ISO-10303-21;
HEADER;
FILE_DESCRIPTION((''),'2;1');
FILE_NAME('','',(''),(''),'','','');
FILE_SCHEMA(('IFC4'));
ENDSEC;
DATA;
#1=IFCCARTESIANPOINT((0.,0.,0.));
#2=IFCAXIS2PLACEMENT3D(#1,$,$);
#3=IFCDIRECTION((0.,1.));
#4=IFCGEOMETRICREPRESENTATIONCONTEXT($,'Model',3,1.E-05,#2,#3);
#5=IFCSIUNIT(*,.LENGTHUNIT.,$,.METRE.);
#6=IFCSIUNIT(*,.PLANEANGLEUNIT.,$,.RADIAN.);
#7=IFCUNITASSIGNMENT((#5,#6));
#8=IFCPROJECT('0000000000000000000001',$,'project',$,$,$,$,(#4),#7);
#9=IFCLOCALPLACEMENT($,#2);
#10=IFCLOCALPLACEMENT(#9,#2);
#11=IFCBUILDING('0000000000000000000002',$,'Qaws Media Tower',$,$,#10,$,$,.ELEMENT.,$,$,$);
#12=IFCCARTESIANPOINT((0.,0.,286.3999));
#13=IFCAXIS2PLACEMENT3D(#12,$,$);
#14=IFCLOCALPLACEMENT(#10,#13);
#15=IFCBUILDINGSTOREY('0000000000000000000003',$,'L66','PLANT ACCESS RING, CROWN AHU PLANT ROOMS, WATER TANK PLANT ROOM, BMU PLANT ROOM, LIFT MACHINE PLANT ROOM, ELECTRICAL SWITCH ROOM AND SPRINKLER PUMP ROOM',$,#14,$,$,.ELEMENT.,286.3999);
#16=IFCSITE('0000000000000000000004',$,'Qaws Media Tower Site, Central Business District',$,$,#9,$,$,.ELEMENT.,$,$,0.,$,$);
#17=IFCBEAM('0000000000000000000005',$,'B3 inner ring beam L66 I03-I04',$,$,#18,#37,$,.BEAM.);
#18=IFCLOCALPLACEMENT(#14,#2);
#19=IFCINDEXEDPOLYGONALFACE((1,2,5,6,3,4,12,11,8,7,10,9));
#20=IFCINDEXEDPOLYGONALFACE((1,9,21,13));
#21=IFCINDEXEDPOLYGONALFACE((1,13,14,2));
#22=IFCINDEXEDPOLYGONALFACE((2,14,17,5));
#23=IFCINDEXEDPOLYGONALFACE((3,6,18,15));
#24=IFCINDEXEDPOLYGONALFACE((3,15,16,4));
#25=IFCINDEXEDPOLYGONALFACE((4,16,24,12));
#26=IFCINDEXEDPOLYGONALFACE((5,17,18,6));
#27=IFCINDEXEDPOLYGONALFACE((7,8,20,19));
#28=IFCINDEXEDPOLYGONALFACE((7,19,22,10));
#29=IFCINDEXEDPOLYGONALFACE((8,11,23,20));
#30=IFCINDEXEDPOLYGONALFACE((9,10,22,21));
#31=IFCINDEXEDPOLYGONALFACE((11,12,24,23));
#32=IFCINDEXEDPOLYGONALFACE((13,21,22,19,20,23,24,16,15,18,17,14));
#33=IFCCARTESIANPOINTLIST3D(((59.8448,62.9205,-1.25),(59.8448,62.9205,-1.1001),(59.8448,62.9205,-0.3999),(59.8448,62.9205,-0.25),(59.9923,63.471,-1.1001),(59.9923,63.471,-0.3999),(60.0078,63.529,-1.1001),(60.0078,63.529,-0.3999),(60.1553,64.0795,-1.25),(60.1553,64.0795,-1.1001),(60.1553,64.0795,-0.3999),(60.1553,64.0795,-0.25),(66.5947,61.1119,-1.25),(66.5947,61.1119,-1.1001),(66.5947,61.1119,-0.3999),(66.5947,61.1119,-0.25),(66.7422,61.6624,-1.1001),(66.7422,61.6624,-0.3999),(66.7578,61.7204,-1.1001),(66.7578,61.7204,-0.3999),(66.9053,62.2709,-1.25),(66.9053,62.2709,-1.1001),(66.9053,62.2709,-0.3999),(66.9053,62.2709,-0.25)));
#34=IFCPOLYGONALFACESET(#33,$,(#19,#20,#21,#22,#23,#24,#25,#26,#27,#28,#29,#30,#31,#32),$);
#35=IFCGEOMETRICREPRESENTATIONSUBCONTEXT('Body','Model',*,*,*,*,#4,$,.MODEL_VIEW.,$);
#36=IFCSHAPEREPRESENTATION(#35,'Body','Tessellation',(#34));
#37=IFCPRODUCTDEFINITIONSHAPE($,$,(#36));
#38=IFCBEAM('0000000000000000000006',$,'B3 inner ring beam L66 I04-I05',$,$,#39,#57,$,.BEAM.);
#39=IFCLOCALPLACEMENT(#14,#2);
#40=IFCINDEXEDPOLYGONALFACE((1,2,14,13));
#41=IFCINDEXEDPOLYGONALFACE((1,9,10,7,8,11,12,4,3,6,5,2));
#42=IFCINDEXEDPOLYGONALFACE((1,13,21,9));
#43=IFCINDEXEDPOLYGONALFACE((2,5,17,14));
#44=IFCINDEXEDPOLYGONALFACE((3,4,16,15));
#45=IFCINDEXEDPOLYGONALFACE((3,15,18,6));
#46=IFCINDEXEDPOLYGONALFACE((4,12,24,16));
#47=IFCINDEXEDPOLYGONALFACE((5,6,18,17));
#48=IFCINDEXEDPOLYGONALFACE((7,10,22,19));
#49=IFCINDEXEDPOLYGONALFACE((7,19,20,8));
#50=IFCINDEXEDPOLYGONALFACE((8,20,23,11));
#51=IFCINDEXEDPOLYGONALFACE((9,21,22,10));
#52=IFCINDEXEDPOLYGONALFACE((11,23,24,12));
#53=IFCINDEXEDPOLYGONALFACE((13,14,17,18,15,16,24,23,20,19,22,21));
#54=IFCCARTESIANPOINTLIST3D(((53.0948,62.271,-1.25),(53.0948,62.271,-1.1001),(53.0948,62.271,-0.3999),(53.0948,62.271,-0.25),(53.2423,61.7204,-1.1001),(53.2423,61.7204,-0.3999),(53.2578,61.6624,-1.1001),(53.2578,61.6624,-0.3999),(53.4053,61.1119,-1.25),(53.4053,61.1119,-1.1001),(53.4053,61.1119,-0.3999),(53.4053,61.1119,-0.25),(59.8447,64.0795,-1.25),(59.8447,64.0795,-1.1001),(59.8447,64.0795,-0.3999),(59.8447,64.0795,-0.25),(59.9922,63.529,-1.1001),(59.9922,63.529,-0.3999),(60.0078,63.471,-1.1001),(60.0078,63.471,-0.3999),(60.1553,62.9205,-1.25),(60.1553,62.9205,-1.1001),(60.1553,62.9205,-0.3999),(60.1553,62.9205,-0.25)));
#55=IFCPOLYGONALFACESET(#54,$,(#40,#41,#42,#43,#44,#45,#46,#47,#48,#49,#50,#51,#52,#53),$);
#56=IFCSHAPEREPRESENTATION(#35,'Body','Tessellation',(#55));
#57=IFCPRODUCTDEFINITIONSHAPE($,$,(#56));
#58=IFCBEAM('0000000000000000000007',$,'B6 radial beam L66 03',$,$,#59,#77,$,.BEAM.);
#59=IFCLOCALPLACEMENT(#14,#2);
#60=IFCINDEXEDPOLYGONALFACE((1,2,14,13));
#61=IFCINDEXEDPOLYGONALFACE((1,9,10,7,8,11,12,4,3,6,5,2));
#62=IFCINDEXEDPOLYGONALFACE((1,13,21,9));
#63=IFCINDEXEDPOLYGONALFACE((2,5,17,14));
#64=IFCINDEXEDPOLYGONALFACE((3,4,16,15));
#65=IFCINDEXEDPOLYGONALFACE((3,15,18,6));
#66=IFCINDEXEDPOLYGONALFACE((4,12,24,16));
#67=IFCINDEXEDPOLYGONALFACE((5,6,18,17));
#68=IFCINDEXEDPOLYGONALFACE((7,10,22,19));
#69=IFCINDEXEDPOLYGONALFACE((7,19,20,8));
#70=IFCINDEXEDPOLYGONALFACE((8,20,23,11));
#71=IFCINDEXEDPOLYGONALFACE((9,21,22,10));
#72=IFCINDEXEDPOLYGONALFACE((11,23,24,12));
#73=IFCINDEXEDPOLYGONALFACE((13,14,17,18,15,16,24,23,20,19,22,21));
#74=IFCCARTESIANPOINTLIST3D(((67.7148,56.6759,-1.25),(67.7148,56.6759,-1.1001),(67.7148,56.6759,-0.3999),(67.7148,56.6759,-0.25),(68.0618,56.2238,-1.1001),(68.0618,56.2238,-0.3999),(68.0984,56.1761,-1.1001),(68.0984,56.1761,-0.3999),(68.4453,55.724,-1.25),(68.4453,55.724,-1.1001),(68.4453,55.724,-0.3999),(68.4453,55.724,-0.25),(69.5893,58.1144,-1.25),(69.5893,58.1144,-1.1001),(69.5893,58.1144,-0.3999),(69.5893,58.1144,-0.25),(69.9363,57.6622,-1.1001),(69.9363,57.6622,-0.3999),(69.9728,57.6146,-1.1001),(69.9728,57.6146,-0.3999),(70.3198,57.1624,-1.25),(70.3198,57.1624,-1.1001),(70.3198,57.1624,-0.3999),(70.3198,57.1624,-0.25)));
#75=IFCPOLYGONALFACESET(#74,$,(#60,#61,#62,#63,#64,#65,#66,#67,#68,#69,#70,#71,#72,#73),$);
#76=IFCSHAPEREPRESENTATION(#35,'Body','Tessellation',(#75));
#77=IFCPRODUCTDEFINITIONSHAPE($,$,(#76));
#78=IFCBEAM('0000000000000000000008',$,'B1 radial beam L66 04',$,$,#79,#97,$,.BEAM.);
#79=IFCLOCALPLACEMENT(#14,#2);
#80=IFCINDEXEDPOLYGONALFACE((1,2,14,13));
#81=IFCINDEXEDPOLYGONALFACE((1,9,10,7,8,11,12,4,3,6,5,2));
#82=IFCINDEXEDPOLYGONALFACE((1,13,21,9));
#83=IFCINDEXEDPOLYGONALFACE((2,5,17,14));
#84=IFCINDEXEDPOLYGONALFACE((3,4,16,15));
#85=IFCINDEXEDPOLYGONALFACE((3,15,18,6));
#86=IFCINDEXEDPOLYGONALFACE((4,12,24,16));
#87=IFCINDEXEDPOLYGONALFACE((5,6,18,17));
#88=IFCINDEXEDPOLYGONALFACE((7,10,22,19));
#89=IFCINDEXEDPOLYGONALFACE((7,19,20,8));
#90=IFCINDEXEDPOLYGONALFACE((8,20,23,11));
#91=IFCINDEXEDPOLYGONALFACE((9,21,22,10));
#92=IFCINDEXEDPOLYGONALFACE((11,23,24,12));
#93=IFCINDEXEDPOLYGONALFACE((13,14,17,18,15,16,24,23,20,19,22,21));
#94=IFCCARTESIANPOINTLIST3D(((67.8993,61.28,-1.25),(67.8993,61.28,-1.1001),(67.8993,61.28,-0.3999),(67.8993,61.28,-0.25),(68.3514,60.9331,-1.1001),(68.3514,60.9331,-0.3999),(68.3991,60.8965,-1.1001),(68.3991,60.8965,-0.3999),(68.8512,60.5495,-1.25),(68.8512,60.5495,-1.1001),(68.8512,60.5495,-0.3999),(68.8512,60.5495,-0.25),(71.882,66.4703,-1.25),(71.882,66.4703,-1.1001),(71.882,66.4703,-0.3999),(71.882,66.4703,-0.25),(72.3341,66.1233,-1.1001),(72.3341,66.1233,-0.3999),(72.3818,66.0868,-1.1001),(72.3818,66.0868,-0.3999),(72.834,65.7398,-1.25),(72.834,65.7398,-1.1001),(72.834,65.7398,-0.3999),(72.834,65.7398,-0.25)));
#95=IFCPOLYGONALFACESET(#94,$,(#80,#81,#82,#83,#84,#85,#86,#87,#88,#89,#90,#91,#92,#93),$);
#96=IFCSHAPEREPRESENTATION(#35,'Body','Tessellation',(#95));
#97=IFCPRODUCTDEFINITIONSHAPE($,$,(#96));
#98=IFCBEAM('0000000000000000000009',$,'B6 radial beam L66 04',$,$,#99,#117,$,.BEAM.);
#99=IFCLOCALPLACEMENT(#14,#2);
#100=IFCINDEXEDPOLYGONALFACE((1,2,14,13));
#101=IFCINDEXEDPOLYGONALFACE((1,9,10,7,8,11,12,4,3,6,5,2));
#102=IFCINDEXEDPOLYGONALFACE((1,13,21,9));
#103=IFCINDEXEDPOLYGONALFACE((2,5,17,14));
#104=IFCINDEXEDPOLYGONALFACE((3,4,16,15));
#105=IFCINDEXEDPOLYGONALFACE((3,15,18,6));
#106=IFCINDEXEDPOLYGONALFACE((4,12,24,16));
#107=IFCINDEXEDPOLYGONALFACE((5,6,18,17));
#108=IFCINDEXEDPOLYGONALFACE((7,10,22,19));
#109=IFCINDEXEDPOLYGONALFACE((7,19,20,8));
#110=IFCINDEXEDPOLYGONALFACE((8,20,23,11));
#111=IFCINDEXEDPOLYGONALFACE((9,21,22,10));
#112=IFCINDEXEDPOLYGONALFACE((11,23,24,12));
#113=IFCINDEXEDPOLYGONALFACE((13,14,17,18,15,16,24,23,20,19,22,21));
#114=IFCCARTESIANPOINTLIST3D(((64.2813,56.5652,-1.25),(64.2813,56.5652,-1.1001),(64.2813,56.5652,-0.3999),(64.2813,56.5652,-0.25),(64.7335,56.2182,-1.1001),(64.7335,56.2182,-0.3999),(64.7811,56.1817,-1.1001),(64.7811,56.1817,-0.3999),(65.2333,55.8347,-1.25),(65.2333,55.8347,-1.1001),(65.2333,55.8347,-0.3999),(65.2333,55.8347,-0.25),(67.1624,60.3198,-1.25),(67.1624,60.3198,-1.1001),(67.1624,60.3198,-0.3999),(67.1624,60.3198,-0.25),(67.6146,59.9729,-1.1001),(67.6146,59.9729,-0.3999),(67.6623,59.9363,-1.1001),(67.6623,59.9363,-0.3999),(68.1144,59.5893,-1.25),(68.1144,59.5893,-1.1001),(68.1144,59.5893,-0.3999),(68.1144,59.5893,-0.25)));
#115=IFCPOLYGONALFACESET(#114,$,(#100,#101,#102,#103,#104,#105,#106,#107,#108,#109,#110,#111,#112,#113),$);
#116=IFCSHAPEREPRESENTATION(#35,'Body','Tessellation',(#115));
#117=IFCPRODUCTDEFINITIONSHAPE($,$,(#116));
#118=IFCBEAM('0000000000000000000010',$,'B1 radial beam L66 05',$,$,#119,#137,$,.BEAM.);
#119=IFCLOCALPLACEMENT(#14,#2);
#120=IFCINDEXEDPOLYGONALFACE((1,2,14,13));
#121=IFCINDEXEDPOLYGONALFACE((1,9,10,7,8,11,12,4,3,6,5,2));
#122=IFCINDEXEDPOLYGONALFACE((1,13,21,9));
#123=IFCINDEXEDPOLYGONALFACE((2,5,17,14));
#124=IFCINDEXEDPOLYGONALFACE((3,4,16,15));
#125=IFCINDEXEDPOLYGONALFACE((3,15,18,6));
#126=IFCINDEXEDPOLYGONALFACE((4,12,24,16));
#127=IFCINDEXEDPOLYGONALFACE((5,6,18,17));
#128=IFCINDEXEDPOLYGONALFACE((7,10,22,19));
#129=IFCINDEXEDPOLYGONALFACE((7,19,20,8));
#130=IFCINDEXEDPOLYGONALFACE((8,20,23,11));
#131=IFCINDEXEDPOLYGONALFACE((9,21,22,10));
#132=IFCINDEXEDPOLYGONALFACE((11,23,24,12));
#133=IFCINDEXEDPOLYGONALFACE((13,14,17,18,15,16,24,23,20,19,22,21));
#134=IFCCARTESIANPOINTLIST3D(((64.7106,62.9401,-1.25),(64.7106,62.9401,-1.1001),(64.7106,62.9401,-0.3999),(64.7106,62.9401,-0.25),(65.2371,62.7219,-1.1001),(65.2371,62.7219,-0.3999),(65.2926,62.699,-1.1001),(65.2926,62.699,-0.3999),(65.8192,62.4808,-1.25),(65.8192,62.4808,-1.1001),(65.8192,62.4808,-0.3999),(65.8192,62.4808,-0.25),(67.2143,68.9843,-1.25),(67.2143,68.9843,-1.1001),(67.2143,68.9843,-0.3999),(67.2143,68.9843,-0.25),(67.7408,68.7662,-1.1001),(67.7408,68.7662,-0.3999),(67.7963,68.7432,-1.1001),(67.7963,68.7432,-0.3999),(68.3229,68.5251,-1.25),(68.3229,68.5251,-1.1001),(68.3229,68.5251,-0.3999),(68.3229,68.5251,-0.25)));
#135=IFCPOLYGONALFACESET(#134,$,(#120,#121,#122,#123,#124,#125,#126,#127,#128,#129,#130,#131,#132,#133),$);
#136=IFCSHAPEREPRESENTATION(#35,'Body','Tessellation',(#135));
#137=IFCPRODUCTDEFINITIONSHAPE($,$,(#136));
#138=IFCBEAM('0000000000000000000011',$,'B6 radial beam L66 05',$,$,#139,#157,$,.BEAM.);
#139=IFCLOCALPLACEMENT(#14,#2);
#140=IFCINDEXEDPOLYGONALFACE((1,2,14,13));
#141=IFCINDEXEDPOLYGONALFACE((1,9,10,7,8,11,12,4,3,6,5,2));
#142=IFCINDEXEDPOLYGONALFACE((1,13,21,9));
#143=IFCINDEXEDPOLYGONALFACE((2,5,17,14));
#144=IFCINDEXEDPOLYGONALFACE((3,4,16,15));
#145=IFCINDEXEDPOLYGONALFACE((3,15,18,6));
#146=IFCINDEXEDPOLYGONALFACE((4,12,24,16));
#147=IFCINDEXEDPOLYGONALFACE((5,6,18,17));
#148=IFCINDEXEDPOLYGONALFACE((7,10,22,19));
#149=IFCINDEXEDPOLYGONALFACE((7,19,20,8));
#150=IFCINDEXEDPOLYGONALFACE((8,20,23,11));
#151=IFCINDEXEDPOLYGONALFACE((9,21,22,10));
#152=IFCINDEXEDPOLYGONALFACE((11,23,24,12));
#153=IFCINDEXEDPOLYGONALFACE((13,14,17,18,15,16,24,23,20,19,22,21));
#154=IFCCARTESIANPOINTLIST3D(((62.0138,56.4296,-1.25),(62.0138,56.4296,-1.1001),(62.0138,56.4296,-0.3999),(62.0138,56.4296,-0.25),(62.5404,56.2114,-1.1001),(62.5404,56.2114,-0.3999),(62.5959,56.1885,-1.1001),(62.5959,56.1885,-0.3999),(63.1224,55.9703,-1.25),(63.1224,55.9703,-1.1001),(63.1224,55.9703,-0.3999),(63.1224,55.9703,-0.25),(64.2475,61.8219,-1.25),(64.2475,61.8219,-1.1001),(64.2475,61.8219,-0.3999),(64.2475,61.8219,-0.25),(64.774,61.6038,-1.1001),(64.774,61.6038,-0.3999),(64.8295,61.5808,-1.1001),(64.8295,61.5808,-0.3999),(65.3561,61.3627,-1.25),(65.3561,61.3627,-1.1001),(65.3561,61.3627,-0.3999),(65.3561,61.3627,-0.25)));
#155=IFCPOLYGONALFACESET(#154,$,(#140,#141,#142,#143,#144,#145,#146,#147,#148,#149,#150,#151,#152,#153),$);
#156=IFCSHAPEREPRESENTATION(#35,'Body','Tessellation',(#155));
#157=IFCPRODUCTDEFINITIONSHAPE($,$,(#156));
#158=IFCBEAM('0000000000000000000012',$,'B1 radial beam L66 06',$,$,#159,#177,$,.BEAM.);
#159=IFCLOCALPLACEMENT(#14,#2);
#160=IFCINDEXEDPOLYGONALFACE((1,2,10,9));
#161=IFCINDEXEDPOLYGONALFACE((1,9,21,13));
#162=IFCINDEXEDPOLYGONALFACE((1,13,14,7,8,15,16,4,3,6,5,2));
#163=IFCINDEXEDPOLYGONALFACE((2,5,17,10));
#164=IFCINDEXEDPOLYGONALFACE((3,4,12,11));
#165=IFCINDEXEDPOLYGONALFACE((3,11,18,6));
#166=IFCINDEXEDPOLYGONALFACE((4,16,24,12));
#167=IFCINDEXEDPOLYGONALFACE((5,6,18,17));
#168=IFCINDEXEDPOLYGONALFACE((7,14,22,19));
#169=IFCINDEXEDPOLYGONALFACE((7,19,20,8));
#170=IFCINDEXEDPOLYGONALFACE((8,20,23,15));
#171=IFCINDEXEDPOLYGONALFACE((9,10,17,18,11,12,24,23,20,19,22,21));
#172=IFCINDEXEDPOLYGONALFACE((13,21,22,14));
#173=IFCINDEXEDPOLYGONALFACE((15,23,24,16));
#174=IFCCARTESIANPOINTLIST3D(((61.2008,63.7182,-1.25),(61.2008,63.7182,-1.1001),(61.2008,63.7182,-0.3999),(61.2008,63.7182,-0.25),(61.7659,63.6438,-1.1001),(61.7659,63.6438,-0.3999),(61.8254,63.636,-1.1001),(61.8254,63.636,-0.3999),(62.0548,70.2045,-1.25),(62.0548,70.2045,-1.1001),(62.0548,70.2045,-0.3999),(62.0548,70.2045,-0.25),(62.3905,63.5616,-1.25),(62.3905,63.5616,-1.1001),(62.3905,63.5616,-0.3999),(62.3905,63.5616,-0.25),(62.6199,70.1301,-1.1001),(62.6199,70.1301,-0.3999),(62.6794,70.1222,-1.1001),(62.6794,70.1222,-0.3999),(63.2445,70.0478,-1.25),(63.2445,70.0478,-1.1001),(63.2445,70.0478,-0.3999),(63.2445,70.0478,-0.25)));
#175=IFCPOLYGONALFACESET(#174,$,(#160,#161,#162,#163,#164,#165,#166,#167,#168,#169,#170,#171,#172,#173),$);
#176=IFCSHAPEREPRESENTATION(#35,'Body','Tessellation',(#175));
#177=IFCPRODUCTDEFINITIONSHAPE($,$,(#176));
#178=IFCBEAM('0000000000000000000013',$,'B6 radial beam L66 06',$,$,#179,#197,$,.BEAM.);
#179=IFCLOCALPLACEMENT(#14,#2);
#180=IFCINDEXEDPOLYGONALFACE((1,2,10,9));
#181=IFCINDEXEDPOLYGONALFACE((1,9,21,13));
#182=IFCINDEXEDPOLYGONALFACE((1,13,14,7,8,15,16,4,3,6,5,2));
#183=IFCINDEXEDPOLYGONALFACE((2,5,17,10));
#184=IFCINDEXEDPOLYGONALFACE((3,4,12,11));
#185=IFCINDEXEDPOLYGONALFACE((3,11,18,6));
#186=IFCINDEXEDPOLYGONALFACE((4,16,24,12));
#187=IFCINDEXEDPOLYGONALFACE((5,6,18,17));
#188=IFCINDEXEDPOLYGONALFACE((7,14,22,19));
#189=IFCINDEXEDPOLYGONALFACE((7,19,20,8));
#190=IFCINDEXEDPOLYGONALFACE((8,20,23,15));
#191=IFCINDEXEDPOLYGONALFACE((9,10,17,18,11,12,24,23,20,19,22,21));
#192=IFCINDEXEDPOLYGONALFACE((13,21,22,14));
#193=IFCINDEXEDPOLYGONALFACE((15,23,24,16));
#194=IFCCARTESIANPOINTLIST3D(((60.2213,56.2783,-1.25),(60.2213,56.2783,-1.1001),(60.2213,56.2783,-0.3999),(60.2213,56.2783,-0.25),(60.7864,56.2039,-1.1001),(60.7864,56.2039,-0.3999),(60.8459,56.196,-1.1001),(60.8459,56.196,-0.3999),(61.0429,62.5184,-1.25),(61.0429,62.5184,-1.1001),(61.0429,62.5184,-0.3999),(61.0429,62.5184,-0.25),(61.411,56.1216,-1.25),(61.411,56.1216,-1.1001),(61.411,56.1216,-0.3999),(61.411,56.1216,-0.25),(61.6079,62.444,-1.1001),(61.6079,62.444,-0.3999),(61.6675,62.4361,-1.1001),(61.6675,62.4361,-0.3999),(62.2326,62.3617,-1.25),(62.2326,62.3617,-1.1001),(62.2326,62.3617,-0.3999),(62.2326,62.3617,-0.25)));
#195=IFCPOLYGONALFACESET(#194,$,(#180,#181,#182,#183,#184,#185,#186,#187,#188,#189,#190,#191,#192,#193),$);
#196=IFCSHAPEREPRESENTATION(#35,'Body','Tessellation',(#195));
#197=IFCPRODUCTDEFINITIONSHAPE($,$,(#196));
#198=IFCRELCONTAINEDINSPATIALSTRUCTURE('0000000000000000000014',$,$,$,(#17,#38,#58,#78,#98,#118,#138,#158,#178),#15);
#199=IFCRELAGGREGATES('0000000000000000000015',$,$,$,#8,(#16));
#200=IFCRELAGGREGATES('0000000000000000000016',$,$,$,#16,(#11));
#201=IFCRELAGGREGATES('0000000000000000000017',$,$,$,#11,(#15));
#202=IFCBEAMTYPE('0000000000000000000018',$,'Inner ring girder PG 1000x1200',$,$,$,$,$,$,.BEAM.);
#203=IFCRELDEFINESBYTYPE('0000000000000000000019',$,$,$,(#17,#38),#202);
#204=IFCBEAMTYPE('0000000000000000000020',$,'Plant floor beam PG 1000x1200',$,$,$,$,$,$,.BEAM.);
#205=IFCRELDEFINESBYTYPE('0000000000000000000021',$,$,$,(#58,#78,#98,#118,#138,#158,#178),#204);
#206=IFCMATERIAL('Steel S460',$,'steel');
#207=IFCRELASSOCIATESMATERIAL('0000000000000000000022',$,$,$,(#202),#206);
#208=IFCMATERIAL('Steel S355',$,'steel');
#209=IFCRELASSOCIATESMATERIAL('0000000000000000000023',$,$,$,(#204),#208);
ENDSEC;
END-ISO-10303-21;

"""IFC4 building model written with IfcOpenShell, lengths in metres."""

from ifc_helpers import new_model, si_unit, direction, frame, origin, origin_2d, place, context, subcontext, project, spatial, i_section, extrude, material, material_profile, profile_set, type_object, element, save


model = new_model("IFC4")

# Units and contexts
model_context = context("Model", 3, precision=1e-05, world=origin(), true_north=direction((0.0, 1.0)))
body_context = subcontext(model_context, "Body", "Model", "MODEL_VIEW")
ifc_project = project(units=[si_unit("LENGTHUNIT", "METRE"), si_unit("PLANEANGLEUNIT", "RADIAN")], contexts=[model_context])

# Site, building, storey
site_placement = place(None, origin())
site = spatial("IfcSite", under=ifc_project, at=site_placement, Name="Qaws Media Tower Site, Central Business District", CompositionType="ELEMENT", RefElevation=0.0)
building_placement = place(site_placement, origin())
building = spatial("IfcBuilding", under=site, at=building_placement, Name="Qaws Media Tower", CompositionType="ELEMENT")
storey_placement = place(building_placement, frame((0.0, 0.0, 286.3999)))
storey = spatial("IfcBuildingStorey", under=building, at=storey_placement, Name="L66", Description="PLANT ACCESS RING, CROWN AHU PLANT ROOMS, WATER TANK PLANT ROOM, BMU PLANT ROOM, LIFT MACHINE PLANT ROOM, ELECTRICAL SWITCH ROOM AND SPRINKLER PUMP ROOM", CompositionType="ELEMENT", Elevation=286.3999)

# Beams
ifc_material_1 = material(Name="Steel S460", Category="steel")
ifc_material_profile_1 = material_profile(ifc_material_1, i_section(OverallWidth=1.2, OverallDepth=1.0, WebThickness=0.0601, FlangeThickness=0.1499, at=origin_2d()), Name="PG 1000x1200")
ifc_profile_set_1 = profile_set([ifc_material_profile_1], Name="Steel S460")
beam_type_1 = type_object("IfcBeamType", Name="Inner ring girder PG 1000x1200", PredefinedType="BEAM", material=ifc_profile_set_1)
for number, where, z_axis, x_axis, name in (
    (1, (66.75, 61.6914, -0.75), (-0.965928, 0.258811, 0.0), (-0.258811, -0.965928, 0.0), "B3 inner ring beam L66 I03-I04"),
    (2, (60.0, 63.5, -0.75), (-0.965928, -0.258811, 0.0), (0.258811, -0.965928, 0.0), "B3 inner ring beam L66 I04-I05"),
):
    element("IfcBeam", number, at=place(storey_placement, frame(where, z_axis=z_axis, x_axis=x_axis)), inside=storey, type_object=beam_type_1, Name=name, PredefinedType="BEAM", context=body_context, shape_type="SweptSolid", body=[
        extrude(i_section(OverallWidth=1.2, OverallDepth=1.0, WebThickness=0.0601, FlangeThickness=0.1499, at=origin_2d()), origin(), (0.0, 0.0, 1.0), 6.988),
    ])
ifc_material_2 = material(Name="Steel S355", Category="steel")
ifc_material_profile_2 = material_profile(ifc_material_2, i_section(OverallWidth=1.2, OverallDepth=1.0, WebThickness=0.0601, FlangeThickness=0.1499, at=origin_2d()), Name="PG 1000x1200")
ifc_profile_set_2 = profile_set([ifc_material_profile_2], Name="Steel S355")
beam_type_2 = type_object("IfcBeamType", Name="Plant floor beam PG 1000x1200", PredefinedType="BEAM", material=ifc_profile_set_2)
beam_1_placement = place(storey_placement, frame((68.0801, 56.2, -0.75), z_axis=(0.79333, 0.608792, 0.0), x_axis=(-0.608792, 0.79333, 0.0)))
element("IfcBeam", 3, at=beam_1_placement, inside=storey, type_object=beam_type_2, Name="B6 radial beam L66 03", PredefinedType="BEAM", context=body_context, shape_type="SweptSolid", body=[
    extrude(i_section(OverallWidth=1.2, OverallDepth=1.0, WebThickness=0.0601, FlangeThickness=0.1499, at=origin_2d()), origin(), (0.0, 0.0, 1.0), 2.3628),
])
beam_2_placement = place(storey_placement, frame((68.3752, 60.9148, -0.75), z_axis=(0.608771, 0.793346, 0.0), x_axis=(-0.793346, 0.608771, 0.0)))
element("IfcBeam", 4, at=beam_2_placement, inside=storey, type_object=beam_type_2, Name="B1 radial beam L66 04", PredefinedType="BEAM", context=body_context, shape_type="SweptSolid", body=[
    extrude(i_section(OverallWidth=1.2, OverallDepth=1.0, WebThickness=0.0601, FlangeThickness=0.1499, at=origin_2d()), origin(), (0.0, 0.0, 1.0), 6.5422),
])
beam_3_placement = place(storey_placement, frame((64.7573, 56.2, -0.75), z_axis=(0.60877, 0.793346, 0.0), x_axis=(-0.793346, 0.60877, 0.0)))
element("IfcBeam", 5, at=beam_3_placement, inside=storey, type_object=beam_type_2, Name="B6 radial beam L66 04", PredefinedType="BEAM", context=body_context, shape_type="SweptSolid", body=[
    extrude(i_section(OverallWidth=1.2, OverallDepth=1.0, WebThickness=0.0601, FlangeThickness=0.1499, at=origin_2d()), origin(), (0.0, 0.0, 1.0), 4.7327),
])
beam_4_placement = place(storey_placement, frame((65.2649, 62.7104, -0.75), z_axis=(0.382693, 0.923875, 0.0), x_axis=(-0.923875, 0.382693, 0.0)))
element("IfcBeam", 6, at=beam_4_placement, inside=storey, type_object=beam_type_2, Name="B1 radial beam L66 05", PredefinedType="BEAM", context=body_context, shape_type="SweptSolid", body=[
    extrude(i_section(OverallWidth=1.2, OverallDepth=1.0, WebThickness=0.0601, FlangeThickness=0.1499, at=origin_2d()), origin(), (0.0, 0.0, 1.0), 6.5422),
])
beam_5_placement = place(storey_placement, frame((62.5681, 56.2, -0.75), z_axis=(0.382693, 0.923876, 0.0), x_axis=(-0.923876, 0.382693, 0.0)))
element("IfcBeam", 7, at=beam_5_placement, inside=storey, type_object=beam_type_2, Name="B6 radial beam L66 05", PredefinedType="BEAM", context=body_context, shape_type="SweptSolid", body=[
    extrude(i_section(OverallWidth=1.2, OverallDepth=1.0, WebThickness=0.0601, FlangeThickness=0.1499, at=origin_2d()), origin(), (0.0, 0.0, 1.0), 5.8367),
])
beam_6_placement = place(storey_placement, frame((61.7957, 63.6399, -0.75), z_axis=(0.130536, 0.991444, 0.0), x_axis=(-0.991444, 0.130536, 0.0)))
element("IfcBeam", 8, at=beam_6_placement, inside=storey, type_object=beam_type_2, Name="B1 radial beam L66 06", PredefinedType="BEAM", context=body_context, shape_type="SweptSolid", body=[
    extrude(i_section(OverallWidth=1.2, OverallDepth=1.0, WebThickness=0.0601, FlangeThickness=0.1499, at=origin_2d()), origin(), (0.0, 0.0, 1.0), 6.5422),
])
for number, where, z_axis, x_axis, name in (
    (9, (60.8162, 56.2, -0.75), (0.13053, 0.991444, 0.0), (-0.991444, 0.13053, 0.0), "B6 radial beam L66 06"),
):
    element("IfcBeam", number, at=place(storey_placement, frame(where, z_axis=z_axis, x_axis=x_axis)), inside=storey, type_object=beam_type_2, Name=name, PredefinedType="BEAM", context=body_context, shape_type="SweptSolid", body=[
        extrude(i_section(OverallWidth=1.2, OverallDepth=1.0, WebThickness=0.0601, FlangeThickness=0.1499, at=origin_2d()), origin(), (0.0, 0.0, 1.0), 6.2939),
    ])

save(model, "model.ifc")
